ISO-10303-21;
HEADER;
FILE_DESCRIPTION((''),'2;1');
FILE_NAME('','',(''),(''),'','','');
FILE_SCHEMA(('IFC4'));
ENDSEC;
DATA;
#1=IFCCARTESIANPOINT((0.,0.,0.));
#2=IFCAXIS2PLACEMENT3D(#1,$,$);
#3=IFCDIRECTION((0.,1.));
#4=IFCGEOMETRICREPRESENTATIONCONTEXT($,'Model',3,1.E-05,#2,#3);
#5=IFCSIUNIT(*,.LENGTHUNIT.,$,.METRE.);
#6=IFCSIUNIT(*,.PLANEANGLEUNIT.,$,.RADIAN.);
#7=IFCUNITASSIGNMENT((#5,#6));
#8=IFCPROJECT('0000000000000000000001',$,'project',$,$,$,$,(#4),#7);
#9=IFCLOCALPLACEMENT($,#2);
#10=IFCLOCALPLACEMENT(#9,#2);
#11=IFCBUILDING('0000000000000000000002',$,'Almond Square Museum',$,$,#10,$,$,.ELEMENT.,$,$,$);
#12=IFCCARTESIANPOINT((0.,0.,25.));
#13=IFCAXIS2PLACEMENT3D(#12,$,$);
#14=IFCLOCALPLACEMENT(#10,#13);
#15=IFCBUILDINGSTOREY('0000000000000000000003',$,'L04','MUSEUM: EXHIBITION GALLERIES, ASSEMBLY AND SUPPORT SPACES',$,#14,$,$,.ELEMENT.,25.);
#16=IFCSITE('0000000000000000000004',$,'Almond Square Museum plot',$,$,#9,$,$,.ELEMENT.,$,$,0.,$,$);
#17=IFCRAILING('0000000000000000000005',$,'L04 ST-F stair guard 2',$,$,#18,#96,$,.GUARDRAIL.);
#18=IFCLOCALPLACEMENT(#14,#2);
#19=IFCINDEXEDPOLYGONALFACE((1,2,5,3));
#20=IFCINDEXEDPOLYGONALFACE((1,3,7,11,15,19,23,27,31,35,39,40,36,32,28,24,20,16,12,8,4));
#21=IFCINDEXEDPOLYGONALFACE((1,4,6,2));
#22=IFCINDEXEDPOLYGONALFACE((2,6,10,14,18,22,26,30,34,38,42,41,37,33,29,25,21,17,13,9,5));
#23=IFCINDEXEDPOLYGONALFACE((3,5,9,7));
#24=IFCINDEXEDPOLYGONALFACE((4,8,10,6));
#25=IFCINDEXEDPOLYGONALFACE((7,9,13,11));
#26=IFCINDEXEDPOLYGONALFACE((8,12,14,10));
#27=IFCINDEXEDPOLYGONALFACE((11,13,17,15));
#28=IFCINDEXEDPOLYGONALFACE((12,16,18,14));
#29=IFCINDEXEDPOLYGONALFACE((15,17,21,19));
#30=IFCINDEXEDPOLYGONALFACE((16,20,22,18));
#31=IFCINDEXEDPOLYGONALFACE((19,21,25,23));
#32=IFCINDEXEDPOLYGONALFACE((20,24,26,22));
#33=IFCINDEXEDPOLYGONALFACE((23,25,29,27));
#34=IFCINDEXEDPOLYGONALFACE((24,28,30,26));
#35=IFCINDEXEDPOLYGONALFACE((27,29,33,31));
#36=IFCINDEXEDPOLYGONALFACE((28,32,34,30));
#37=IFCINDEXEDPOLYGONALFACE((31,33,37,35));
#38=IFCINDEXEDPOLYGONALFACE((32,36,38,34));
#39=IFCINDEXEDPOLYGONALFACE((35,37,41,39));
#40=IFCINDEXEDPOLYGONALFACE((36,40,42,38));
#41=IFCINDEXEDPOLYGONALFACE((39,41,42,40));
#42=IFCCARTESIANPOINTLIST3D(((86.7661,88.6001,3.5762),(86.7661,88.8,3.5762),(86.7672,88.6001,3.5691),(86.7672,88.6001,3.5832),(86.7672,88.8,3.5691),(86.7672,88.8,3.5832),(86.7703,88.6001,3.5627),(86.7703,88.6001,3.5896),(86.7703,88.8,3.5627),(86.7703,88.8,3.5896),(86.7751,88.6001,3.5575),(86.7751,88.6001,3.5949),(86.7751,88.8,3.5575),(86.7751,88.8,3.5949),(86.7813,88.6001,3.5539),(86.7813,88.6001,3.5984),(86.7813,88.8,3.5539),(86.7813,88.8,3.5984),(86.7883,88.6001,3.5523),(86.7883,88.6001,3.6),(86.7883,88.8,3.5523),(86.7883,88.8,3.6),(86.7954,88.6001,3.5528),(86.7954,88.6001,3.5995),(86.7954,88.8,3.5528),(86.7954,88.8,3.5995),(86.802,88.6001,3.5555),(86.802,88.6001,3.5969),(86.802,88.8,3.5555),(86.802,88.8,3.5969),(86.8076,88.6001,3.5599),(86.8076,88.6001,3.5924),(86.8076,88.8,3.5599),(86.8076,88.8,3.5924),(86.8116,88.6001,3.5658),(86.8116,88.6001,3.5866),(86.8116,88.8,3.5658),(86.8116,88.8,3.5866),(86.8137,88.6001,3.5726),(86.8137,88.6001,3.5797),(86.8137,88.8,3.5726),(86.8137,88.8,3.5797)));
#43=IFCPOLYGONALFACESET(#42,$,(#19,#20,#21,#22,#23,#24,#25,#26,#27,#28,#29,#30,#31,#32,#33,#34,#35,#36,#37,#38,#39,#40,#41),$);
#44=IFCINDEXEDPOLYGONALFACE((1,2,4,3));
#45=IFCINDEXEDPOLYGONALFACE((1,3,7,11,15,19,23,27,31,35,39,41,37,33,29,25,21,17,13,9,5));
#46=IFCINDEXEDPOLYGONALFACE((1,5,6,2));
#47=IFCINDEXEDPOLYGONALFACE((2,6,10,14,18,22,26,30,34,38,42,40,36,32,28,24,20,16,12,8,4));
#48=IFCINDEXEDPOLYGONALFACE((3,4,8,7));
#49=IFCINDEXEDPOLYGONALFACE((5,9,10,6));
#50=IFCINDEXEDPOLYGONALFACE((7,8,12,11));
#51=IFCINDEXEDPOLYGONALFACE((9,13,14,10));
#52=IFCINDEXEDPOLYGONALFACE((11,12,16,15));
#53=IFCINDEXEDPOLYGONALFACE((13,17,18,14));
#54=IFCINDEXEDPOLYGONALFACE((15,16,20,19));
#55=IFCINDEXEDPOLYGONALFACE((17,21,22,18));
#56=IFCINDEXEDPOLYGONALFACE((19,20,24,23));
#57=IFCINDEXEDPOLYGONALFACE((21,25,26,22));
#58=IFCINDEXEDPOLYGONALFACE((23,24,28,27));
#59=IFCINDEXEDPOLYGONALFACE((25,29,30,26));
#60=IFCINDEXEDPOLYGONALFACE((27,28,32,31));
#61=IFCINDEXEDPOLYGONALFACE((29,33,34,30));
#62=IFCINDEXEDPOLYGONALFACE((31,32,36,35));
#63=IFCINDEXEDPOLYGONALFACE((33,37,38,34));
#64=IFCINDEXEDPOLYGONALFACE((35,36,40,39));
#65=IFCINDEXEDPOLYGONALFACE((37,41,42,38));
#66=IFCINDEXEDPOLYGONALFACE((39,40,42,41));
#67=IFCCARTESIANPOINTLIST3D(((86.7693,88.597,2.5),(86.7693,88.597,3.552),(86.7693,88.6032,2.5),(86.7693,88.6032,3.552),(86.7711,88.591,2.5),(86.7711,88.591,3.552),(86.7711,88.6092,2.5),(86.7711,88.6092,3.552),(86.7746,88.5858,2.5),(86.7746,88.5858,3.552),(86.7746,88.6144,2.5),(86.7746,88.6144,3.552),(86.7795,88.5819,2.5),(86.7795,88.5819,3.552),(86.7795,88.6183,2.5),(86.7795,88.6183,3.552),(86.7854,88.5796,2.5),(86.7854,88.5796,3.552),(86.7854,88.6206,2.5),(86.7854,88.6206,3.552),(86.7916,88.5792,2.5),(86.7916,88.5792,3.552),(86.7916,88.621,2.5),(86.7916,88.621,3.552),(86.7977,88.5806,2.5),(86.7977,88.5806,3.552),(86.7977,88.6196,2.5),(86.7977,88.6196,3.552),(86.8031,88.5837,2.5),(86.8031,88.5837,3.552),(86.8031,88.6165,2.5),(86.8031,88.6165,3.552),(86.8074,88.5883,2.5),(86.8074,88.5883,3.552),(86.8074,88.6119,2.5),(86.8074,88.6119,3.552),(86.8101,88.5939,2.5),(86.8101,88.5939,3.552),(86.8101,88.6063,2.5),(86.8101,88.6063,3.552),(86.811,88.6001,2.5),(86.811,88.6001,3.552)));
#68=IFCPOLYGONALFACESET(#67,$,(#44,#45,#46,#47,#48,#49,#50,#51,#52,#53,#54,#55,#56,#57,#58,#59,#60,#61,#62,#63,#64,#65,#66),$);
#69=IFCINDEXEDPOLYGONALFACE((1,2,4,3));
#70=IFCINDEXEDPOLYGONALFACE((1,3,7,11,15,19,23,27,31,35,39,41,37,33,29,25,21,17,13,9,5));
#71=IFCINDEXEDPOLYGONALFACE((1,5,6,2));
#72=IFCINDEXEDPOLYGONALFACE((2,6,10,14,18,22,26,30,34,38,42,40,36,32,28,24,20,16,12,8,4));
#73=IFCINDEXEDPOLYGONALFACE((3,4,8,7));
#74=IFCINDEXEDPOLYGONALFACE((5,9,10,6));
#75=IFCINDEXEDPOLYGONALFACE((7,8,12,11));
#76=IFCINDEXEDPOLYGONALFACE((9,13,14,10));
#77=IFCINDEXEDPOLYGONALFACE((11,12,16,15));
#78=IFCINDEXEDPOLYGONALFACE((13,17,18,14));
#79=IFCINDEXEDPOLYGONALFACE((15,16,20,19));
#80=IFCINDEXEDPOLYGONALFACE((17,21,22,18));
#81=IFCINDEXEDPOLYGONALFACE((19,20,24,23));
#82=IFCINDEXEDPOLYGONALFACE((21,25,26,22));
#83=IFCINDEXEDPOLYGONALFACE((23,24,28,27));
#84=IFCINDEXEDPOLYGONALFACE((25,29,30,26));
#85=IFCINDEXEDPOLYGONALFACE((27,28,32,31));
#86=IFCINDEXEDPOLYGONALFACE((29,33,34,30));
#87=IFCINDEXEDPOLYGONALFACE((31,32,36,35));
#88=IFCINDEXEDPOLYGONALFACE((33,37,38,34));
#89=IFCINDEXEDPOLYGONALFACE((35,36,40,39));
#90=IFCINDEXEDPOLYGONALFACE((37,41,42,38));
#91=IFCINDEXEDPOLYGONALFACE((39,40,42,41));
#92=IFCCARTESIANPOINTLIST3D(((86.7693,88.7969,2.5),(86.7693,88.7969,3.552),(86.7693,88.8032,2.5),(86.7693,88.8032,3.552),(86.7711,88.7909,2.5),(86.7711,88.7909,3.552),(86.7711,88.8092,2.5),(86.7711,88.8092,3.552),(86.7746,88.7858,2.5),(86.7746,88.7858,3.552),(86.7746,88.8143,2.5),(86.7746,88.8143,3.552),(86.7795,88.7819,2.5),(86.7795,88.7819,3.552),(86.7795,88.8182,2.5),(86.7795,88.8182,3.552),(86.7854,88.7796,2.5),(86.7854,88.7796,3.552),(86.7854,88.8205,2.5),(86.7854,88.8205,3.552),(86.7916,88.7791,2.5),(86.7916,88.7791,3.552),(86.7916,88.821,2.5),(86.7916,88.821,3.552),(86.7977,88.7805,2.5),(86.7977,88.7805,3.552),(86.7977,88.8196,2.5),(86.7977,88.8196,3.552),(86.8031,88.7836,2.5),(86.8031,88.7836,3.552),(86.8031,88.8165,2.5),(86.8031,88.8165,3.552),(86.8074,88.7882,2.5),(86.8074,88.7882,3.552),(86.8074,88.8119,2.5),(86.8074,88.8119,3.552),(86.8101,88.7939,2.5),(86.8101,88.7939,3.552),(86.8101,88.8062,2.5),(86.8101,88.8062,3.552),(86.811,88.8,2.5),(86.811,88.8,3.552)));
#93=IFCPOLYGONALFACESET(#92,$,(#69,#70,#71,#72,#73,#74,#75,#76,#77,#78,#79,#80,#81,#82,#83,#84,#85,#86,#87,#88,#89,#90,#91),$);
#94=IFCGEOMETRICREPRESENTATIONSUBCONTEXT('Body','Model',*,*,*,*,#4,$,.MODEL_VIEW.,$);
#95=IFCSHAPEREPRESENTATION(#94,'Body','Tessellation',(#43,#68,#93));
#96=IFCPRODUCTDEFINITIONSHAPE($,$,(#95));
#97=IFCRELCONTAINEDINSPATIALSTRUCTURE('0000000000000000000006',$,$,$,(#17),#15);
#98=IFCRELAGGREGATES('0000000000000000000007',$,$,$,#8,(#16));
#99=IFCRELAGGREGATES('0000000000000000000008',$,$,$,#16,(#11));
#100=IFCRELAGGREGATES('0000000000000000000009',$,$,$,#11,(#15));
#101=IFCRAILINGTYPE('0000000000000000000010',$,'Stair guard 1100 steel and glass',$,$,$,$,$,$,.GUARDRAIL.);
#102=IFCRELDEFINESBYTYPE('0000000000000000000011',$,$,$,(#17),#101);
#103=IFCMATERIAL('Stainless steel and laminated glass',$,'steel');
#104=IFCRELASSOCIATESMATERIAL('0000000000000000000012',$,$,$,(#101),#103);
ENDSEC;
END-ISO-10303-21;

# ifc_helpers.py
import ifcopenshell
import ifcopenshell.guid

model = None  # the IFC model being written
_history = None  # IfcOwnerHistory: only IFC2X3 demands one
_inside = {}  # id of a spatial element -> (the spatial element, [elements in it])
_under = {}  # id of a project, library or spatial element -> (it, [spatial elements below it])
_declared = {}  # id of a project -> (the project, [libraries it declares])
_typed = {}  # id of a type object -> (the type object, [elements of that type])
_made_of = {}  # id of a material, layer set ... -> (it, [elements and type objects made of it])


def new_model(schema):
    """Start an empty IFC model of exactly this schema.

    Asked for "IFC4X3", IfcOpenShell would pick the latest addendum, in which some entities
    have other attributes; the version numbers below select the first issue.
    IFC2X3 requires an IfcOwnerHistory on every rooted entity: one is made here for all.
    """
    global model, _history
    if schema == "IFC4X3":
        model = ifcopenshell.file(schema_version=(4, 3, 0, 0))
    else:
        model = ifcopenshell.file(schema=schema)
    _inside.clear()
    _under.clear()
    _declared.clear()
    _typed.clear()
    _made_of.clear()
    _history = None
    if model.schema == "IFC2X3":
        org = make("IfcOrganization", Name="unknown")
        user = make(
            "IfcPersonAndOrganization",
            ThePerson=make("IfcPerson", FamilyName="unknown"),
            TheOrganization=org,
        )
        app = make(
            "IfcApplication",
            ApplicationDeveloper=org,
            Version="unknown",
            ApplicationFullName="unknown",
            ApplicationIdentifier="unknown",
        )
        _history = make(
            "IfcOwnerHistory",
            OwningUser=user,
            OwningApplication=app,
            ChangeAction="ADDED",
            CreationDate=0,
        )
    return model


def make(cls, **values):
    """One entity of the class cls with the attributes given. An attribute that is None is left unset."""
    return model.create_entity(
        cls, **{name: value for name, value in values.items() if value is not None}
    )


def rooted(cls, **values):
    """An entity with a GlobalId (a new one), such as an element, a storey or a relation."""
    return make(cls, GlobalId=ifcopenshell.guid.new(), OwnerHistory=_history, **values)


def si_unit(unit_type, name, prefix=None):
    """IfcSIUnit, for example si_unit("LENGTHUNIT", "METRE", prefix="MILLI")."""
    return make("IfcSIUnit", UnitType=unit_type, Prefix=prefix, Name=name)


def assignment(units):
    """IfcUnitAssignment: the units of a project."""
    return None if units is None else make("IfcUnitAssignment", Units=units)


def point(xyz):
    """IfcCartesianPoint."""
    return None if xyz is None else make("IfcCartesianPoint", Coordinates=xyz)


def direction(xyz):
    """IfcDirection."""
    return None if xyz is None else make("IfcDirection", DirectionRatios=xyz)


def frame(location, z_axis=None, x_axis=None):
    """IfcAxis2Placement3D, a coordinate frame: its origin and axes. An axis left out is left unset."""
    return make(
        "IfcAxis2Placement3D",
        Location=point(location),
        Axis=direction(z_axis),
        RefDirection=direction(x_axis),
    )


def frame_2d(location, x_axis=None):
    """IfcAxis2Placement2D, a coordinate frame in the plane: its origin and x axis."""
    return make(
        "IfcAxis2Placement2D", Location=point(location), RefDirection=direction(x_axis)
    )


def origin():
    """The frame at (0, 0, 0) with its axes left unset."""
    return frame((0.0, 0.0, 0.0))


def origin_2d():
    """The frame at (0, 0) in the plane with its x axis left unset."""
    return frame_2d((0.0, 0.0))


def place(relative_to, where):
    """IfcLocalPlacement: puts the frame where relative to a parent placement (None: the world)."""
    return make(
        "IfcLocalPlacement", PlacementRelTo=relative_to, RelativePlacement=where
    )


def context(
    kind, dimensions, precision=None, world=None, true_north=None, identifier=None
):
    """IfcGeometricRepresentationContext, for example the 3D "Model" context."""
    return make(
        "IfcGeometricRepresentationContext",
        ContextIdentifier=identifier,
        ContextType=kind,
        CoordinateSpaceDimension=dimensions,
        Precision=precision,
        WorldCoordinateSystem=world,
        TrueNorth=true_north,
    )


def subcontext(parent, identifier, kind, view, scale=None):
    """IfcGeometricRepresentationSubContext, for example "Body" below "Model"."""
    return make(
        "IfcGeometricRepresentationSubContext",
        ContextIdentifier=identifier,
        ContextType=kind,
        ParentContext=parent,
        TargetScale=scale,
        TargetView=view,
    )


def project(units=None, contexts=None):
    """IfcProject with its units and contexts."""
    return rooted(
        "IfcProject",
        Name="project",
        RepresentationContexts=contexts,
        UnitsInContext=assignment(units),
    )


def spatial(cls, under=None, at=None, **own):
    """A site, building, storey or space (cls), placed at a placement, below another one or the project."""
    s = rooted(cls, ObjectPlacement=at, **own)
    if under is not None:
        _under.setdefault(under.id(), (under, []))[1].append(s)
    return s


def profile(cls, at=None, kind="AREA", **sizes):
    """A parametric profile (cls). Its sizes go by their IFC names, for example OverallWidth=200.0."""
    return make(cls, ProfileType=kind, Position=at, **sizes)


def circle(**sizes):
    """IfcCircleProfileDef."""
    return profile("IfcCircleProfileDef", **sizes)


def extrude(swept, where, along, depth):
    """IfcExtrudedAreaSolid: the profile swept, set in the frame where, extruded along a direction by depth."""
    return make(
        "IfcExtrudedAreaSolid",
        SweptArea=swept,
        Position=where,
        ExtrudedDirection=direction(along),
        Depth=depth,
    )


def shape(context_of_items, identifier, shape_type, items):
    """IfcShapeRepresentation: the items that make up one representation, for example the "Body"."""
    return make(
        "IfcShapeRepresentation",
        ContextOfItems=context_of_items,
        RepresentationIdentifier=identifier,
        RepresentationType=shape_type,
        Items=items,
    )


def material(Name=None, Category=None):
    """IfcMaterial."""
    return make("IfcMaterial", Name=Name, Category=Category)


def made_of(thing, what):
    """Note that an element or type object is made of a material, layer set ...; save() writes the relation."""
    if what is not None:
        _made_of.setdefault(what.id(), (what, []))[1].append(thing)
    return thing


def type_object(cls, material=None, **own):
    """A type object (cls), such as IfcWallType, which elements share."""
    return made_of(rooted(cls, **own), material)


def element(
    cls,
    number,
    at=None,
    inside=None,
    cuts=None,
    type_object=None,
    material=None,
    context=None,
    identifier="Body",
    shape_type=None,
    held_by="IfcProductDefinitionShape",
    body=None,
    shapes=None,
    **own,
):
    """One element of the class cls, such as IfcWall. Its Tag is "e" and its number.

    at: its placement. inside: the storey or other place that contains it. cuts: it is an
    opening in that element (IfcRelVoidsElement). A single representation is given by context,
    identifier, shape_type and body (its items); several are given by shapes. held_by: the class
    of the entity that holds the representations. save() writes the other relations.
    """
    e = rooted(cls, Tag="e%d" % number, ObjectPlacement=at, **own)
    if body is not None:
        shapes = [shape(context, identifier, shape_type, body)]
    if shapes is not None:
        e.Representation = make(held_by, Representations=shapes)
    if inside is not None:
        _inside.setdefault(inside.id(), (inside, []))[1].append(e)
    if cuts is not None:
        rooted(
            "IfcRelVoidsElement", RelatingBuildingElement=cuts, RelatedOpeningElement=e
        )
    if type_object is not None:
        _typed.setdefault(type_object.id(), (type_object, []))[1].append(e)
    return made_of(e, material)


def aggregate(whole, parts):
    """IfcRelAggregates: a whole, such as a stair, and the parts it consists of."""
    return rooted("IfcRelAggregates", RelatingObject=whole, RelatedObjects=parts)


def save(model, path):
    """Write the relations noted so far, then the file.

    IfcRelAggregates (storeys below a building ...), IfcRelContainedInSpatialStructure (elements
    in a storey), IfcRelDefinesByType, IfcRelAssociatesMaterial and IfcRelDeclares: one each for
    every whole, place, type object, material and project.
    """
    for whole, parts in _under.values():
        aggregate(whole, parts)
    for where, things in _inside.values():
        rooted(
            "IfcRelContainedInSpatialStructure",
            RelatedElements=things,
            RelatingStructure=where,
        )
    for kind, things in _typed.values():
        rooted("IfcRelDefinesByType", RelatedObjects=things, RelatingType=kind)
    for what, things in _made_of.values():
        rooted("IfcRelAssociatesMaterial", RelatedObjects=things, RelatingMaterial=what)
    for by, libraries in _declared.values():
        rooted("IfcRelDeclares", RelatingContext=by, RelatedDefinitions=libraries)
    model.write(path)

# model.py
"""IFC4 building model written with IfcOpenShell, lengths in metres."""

from ifc_helpers import new_model, si_unit, direction, frame, origin, origin_2d, place, context, subcontext, project, spatial, circle, extrude, material, type_object, element, save


model = new_model("IFC4")

# Units and contexts
model_context = context("Model", 3, precision=1e-05, world=origin(), true_north=direction((0.0, 1.0)))
body_context = subcontext(model_context, "Body", "Model", "MODEL_VIEW")
ifc_project = project(units=[si_unit("LENGTHUNIT", "METRE"), si_unit("PLANEANGLEUNIT", "RADIAN")], contexts=[model_context])

# Site, building, storey
site_placement = place(None, origin())
site = spatial("IfcSite", under=ifc_project, at=site_placement, Name="Almond Square Museum plot", CompositionType="ELEMENT", RefElevation=0.0)
building_placement = place(site_placement, origin())
building = spatial("IfcBuilding", under=site, at=building_placement, Name="Almond Square Museum", CompositionType="ELEMENT")
storey_placement = place(building_placement, frame((0.0, 0.0, 25.0)))
storey = spatial("IfcBuildingStorey", under=building, at=storey_placement, Name="L04", Description="MUSEUM: EXHIBITION GALLERIES, ASSEMBLY AND SUPPORT SPACES", CompositionType="ELEMENT", Elevation=25.0)

# Railing
ifc_material_1 = material(Name="Stainless steel and laminated glass", Category="steel")
railing_type_1 = type_object("IfcRailingType", Name="Stair guard 1100 steel and glass", PredefinedType="GUARDRAIL", material=ifc_material_1)
railing_1_placement = place(storey_placement, frame((86.79, 88.6001, 2.5)))
element("IfcRailing", 1, at=railing_1_placement, inside=storey, type_object=railing_type_1, Name="L04 ST-F stair guard 2", PredefinedType="GUARDRAIL", context=body_context, shape_type="SweptSolid", body=[
    extrude(circle(Radius=0.0239, at=origin_2d()), frame((0.0, 0.0, 1.0762), z_axis=(0.0, 1.0, 0.0), x_axis=(-1.0, 0.0, 0.0)), (0.0, 0.0, 1.0), 0.2),
    extrude(circle(Radius=0.021, at=origin_2d()), origin(), (0.0, 0.0, 1.0), 1.052),
    extrude(circle(Radius=0.021, at=origin_2d()), frame((0.0, 0.2, 0.0)), (0.0, 0.0, 1.0), 1.052),
])

save(model, "model.ifc")
